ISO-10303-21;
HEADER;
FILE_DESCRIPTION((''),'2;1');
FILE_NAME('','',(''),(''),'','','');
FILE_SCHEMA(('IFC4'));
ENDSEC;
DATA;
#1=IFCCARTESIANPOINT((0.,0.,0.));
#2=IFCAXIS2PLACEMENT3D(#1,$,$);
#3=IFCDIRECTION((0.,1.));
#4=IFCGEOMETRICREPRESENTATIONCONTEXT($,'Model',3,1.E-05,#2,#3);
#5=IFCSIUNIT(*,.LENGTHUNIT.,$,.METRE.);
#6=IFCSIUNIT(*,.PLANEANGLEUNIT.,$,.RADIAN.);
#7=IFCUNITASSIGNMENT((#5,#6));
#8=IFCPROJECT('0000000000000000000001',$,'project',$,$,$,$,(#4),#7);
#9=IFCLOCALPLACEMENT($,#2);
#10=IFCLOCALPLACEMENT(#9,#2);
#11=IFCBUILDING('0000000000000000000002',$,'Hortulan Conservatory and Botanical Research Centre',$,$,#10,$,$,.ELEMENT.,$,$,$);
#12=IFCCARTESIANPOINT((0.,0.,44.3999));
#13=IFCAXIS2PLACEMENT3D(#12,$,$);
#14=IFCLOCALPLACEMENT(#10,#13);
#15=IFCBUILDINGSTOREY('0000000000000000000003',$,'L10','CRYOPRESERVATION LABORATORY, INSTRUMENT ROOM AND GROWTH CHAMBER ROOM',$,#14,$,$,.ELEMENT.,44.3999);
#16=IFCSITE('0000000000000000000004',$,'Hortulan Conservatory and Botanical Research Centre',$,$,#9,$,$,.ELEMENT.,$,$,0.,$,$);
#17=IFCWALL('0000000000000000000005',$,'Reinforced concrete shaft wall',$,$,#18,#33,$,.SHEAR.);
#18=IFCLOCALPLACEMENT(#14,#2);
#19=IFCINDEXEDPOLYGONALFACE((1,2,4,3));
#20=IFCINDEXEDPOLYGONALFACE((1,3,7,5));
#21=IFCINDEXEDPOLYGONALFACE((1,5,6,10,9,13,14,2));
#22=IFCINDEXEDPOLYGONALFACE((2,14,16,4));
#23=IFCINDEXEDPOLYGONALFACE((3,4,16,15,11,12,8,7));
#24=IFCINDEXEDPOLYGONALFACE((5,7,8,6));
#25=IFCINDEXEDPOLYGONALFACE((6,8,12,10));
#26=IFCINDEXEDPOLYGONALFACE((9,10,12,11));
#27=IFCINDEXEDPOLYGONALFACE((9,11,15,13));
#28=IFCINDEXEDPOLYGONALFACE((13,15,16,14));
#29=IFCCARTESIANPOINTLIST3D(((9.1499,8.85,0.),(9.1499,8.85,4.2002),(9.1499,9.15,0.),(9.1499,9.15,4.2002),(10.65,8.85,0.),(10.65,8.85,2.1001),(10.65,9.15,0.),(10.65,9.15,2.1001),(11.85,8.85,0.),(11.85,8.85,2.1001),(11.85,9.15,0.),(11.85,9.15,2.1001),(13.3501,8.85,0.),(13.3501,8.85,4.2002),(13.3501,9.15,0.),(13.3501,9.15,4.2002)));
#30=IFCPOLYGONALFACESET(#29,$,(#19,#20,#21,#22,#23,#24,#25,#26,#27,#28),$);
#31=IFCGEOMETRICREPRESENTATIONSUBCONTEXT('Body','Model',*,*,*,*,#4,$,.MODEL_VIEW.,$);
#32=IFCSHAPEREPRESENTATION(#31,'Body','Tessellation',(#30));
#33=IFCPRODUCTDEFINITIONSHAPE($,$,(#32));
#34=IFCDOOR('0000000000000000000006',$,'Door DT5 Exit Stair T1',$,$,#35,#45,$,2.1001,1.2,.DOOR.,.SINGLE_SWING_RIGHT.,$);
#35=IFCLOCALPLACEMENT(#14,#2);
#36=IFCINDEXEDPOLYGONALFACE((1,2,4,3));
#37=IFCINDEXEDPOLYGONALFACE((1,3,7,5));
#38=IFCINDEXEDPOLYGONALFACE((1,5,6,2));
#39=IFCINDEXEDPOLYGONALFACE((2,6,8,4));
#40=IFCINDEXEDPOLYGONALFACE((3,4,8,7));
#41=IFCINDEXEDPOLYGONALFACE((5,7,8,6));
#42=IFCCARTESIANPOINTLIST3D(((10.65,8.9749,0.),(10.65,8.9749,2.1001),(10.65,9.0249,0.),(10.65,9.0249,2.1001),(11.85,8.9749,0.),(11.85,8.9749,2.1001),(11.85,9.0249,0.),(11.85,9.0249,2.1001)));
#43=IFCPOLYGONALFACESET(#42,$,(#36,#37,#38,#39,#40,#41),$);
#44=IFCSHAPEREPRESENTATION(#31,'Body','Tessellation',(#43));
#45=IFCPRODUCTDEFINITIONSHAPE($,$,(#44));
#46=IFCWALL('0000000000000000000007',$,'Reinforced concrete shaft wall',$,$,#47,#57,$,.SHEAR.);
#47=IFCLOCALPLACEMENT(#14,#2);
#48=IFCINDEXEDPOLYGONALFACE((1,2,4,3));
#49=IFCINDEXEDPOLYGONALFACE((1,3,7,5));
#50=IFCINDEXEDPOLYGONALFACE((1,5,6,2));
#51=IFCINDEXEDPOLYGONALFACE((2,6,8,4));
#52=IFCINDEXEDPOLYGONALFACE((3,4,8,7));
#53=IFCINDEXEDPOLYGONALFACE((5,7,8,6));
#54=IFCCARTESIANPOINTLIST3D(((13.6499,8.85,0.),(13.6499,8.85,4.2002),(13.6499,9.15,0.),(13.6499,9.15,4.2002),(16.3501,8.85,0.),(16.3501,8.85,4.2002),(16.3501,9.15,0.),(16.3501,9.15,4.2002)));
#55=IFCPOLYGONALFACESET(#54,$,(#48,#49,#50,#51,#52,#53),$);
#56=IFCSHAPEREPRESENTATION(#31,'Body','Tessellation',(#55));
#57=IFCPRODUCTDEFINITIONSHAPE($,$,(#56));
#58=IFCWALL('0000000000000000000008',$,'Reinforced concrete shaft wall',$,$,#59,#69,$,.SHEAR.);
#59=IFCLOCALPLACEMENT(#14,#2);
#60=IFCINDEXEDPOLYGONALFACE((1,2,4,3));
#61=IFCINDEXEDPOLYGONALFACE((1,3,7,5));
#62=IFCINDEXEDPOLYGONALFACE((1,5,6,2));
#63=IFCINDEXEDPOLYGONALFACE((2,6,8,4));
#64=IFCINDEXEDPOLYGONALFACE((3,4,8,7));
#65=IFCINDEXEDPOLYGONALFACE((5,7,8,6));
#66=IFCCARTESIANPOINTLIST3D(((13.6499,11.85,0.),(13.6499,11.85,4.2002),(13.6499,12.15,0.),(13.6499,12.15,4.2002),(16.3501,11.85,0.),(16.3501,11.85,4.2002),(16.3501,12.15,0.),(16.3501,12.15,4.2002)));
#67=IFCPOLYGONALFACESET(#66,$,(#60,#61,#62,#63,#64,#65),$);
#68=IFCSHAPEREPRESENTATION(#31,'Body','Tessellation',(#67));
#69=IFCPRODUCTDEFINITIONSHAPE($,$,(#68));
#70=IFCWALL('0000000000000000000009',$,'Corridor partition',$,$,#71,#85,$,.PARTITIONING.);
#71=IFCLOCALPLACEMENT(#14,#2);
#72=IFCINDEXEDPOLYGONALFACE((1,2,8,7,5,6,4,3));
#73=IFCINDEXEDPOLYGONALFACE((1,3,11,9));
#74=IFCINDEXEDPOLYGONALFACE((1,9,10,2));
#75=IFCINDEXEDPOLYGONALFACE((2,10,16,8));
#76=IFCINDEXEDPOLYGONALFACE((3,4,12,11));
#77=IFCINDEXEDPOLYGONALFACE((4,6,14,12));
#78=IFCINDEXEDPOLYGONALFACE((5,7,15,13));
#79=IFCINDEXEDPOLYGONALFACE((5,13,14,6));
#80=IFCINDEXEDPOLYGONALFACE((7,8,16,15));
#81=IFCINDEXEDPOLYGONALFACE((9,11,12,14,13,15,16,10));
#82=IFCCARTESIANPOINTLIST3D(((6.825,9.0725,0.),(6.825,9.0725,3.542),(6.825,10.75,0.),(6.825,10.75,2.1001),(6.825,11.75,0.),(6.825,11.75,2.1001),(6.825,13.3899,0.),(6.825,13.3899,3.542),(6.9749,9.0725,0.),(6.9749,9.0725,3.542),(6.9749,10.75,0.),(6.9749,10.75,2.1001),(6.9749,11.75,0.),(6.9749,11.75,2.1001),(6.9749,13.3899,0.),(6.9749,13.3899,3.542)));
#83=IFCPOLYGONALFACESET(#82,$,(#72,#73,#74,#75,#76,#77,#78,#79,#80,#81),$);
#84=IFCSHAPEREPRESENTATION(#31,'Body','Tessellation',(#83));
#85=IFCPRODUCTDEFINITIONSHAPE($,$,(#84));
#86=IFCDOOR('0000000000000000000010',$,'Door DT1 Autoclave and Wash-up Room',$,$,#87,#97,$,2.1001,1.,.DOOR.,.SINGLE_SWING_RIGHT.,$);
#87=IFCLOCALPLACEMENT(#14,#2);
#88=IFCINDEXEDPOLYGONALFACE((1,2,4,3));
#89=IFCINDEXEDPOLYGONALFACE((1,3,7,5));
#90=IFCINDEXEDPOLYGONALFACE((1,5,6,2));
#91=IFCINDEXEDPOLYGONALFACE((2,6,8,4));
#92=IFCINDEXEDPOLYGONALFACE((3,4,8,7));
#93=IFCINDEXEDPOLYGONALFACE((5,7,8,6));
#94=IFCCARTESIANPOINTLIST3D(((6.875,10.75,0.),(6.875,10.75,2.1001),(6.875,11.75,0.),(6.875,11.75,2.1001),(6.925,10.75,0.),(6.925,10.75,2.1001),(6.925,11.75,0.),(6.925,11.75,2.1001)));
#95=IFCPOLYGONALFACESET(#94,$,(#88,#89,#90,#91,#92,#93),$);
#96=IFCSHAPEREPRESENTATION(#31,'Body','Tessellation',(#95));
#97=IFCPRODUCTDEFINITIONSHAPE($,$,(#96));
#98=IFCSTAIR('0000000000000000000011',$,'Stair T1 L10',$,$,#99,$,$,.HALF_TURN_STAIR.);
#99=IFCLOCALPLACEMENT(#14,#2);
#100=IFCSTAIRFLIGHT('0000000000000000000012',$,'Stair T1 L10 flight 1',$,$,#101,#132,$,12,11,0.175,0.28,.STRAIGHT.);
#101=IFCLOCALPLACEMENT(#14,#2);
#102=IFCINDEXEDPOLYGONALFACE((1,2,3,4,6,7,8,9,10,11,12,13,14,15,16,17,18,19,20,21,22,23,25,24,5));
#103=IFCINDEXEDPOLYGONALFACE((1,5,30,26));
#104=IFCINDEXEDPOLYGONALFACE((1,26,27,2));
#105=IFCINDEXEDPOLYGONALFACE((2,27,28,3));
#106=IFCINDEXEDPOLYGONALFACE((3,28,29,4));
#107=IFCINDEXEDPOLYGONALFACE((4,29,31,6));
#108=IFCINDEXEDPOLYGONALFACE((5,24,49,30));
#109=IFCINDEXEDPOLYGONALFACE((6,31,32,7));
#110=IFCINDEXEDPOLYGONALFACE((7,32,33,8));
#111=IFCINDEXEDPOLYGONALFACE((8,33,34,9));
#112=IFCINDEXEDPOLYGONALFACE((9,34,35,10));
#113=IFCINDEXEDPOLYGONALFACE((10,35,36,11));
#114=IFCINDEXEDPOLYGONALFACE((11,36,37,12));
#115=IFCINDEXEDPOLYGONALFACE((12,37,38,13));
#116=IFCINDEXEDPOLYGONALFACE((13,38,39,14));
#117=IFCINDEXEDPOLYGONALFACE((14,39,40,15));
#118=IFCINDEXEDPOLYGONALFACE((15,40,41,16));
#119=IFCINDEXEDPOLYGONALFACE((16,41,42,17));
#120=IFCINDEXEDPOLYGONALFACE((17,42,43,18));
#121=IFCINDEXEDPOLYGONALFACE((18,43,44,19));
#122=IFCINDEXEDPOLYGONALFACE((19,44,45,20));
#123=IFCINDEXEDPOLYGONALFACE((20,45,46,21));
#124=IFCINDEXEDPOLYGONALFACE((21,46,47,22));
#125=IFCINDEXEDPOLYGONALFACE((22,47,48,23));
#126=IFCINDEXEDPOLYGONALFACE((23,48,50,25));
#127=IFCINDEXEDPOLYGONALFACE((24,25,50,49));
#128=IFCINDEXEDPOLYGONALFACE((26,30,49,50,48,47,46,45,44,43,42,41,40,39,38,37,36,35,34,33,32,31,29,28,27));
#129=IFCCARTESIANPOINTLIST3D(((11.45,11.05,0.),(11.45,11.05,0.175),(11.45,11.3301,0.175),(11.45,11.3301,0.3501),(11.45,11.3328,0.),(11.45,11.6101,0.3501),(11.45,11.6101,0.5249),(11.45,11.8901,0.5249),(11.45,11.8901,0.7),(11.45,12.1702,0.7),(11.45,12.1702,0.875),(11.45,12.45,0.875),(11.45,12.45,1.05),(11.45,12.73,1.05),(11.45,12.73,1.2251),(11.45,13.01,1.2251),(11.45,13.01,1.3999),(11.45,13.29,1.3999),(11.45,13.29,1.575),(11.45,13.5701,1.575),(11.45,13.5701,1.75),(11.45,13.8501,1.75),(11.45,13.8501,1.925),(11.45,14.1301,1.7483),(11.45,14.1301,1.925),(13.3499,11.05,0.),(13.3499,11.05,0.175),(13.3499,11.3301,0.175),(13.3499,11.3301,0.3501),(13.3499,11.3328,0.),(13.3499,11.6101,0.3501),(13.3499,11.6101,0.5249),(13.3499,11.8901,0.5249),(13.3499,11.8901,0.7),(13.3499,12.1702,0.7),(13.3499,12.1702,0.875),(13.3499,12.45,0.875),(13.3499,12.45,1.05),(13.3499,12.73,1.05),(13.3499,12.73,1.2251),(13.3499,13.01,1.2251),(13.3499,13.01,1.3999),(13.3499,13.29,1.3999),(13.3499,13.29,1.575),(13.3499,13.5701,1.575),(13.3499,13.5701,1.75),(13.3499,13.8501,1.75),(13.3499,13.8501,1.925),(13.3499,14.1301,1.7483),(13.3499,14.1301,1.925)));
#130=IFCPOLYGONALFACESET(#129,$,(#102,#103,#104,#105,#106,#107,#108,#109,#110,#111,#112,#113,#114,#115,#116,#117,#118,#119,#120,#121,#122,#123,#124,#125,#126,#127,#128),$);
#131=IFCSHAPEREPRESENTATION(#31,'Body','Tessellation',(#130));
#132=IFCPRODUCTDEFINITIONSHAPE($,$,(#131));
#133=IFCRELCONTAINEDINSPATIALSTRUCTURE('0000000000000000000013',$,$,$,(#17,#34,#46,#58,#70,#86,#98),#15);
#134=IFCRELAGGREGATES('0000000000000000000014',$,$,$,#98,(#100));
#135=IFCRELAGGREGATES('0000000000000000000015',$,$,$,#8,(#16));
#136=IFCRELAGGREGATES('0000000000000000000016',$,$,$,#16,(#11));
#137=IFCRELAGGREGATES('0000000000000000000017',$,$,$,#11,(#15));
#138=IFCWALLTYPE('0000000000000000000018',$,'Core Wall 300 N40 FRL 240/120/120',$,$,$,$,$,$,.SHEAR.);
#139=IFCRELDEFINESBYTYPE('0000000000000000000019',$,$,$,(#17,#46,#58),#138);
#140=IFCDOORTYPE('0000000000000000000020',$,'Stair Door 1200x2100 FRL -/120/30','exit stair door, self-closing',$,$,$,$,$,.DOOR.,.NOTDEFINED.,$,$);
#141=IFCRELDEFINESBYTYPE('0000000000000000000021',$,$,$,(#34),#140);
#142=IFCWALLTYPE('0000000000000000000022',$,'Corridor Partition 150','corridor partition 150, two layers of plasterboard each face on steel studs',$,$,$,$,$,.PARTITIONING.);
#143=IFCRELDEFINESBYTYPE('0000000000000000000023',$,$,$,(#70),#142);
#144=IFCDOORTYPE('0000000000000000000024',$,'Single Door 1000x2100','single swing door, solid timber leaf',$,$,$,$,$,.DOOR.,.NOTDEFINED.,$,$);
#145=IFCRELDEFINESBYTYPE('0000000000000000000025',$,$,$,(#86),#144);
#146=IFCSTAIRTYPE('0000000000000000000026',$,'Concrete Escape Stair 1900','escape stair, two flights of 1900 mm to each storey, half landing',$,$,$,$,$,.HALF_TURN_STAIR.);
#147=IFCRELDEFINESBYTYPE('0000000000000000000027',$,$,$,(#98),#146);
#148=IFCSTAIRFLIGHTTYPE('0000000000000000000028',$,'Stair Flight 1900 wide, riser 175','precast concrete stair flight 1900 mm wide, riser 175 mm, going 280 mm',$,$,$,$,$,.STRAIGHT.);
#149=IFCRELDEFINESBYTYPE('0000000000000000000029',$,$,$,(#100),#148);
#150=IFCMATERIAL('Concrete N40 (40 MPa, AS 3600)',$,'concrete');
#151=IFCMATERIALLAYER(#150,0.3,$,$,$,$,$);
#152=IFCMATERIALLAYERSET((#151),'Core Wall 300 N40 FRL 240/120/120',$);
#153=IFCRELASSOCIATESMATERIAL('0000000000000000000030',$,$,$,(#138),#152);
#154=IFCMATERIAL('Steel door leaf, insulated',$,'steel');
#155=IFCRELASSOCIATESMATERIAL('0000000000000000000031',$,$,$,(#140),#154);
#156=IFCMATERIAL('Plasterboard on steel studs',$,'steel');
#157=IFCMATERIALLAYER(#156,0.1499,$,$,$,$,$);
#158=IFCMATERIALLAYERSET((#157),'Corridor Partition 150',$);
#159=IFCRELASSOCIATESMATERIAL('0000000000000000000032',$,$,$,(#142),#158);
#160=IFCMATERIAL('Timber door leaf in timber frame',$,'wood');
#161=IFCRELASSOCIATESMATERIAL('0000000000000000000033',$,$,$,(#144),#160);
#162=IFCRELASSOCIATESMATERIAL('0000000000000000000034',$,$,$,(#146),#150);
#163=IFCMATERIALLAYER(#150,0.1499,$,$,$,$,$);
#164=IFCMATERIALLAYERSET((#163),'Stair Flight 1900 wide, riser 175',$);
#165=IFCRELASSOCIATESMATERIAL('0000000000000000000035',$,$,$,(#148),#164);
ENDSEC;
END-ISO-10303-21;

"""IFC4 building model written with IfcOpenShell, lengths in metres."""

from ifc_helpers import new_model, si_unit, direction, frame, frame_2d, origin, place, context, subcontext, project, spatial, polyline, rectangle, outline, extrude, material, layer, layer_set, type_object, element, fill, aggregate, save


model = new_model("IFC4")

# Units and contexts
model_context = context("Model", 3, precision=1e-05, world=origin(), true_north=direction((0.0, 1.0)))
body_context = subcontext(model_context, "Body", "Model", "MODEL_VIEW")
ifc_project = project(units=[si_unit("LENGTHUNIT", "METRE"), si_unit("PLANEANGLEUNIT", "RADIAN")], contexts=[model_context])

# Site, building, storey
site_placement = place(None, origin())
site = spatial("IfcSite", under=ifc_project, at=site_placement, Name="Hortulan Conservatory and Botanical Research Centre", CompositionType="ELEMENT", RefElevation=0.0)
building_placement = place(site_placement, origin())
building = spatial("IfcBuilding", under=site, at=building_placement, Name="Hortulan Conservatory and Botanical Research Centre", CompositionType="ELEMENT")
storey_placement = place(building_placement, frame((0.0, 0.0, 44.3999)))
storey = spatial("IfcBuildingStorey", under=building, at=storey_placement, Name="L10", Description="CRYOPRESERVATION LABORATORY, INSTRUMENT ROOM AND GROWTH CHAMBER ROOM", CompositionType="ELEMENT", Elevation=44.3999)

# Shared definitions
ifc_material_1 = material(Name="Steel door leaf, insulated", Category="steel")

# Shared definitions
ifc_material_2 = material(Name="Concrete N40 (40 MPa, AS 3600)", Category="concrete")
ifc_layer_1 = layer(ifc_material_2, 0.3)
ifc_layer_set_1 = layer_set([ifc_layer_1], Name="Core Wall 300 N40 FRL 240/120/120")
wall_type_1 = type_object("IfcWallType", Name="Core Wall 300 N40 FRL 240/120/120", PredefinedType="SHEAR", material=ifc_layer_set_1)

# Wall, opening, door
wall_1_placement = place(storey_placement, frame((9.1499, 9.0, 0.0), z_axis=(0.0, 0.0, 1.0), x_axis=(1.0, 0.0, 0.0)))
wall_1 = element("IfcWall", 1, at=wall_1_placement, inside=storey, type_object=wall_type_1, Name="Reinforced concrete shaft wall", PredefinedType="SHEAR", context=body_context, shape_type="SweptSolid", body=[
    extrude(rectangle(XDim=4.2002, YDim=0.3, at=frame_2d((2.1001, 0.0))), origin(), (0.0, 0.0, 1.0), 4.2002),
])
opening_1_placement = place(wall_1_placement, frame((1.5, 0.0, 0.0)))
opening_1 = element("IfcOpeningElement", 2, at=opening_1_placement, cuts=wall_1, PredefinedType="OPENING", context=body_context, shape_type="SweptSolid", body=[
    extrude(rectangle(XDim=1.2, YDim=2.1001, at=frame_2d((0.6001, 1.05))), frame((0.0, 0.1599, 0.0), z_axis=(0.0, -1.0, 0.0), x_axis=(1.0, 0.0, 0.0)), (0.0, 0.0, 1.0), 0.3201),
])
door_type_1 = type_object("IfcDoorType", Name="Stair Door 1200x2100 FRL -/120/30", Description="exit stair door, self-closing", OperationType="NOTDEFINED", PredefinedType="DOOR", material=ifc_material_1)
door_1_placement = place(opening_1_placement, origin())
door_1 = element("IfcDoor", 3, at=door_1_placement, inside=storey, type_object=door_type_1, Name="Door DT5 Exit Stair T1", OperationType="SINGLE_SWING_RIGHT", OverallHeight=2.1001, OverallWidth=1.2, PredefinedType="DOOR", context=body_context, shape_type="SweptSolid", body=[
    extrude(rectangle(XDim=1.2, YDim=2.1001, at=frame_2d((0.6001, 1.05))), frame((0.0, 0.0249, 0.0), z_axis=(0.0, -1.0, 0.0), x_axis=(1.0, 0.0, 0.0)), (0.0, 0.0, 1.0), 0.05),
])
fill(opening_1, door_1)

# Walls
for number, where, z_axis, x_axis, name in (
    (4, (13.6499, 9.0, 0.0), (0.0, 0.0, 1.0), (1.0, 0.0, 0.0), "Reinforced concrete shaft wall"),
    (5, (13.6499, 12.0, 0.0), (0.0, 0.0, 1.0), (1.0, 0.0, 0.0), "Reinforced concrete shaft wall"),
):
    element("IfcWall", number, at=place(storey_placement, frame(where, z_axis=z_axis, x_axis=x_axis)), inside=storey, type_object=wall_type_1, Name=name, PredefinedType="SHEAR", context=body_context, shape_type="SweptSolid", body=[
        extrude(rectangle(XDim=2.7002, YDim=0.3, at=frame_2d((1.3501, 0.0))), origin(), (0.0, 0.0, 1.0), 4.2002),
    ])

# Wall, opening, door
ifc_material_3 = material(Name="Plasterboard on steel studs", Category="steel")
ifc_layer_2 = layer(ifc_material_3, 0.1499)
ifc_layer_set_2 = layer_set([ifc_layer_2], Name="Corridor Partition 150")
wall_type_2 = type_object("IfcWallType", Name="Corridor Partition 150", Description="corridor partition 150, two layers of plasterboard each face on steel studs", PredefinedType="PARTITIONING", material=ifc_layer_set_2)
wall_2_placement = place(storey_placement, frame((6.8999, 9.0725, 0.0), z_axis=(0.0, 0.0, 1.0), x_axis=(0.0, 1.0, 0.0)))
wall_2 = element("IfcWall", 6, at=wall_2_placement, inside=storey, type_object=wall_type_2, Name="Corridor partition", PredefinedType="PARTITIONING", context=body_context, shape_type="SweptSolid", body=[
    extrude(rectangle(XDim=4.3174, YDim=0.1499, at=frame_2d((2.1587, 0.0))), origin(), (0.0, 0.0, 1.0), 3.542),
])
opening_2_placement = place(wall_2_placement, frame((1.6775, 0.0, 0.0)))
opening_2 = element("IfcOpeningElement", 7, at=opening_2_placement, cuts=wall_2, PredefinedType="OPENING", context=body_context, shape_type="SweptSolid", body=[
    extrude(rectangle(XDim=1.0, YDim=2.1001, at=frame_2d((0.5, 1.05))), frame((0.0, 0.085, 0.0), z_axis=(0.0, -1.0, 0.0), x_axis=(1.0, 0.0, 0.0)), (0.0, 0.0, 1.0), 0.1699),
])
ifc_material_4 = material(Name="Timber door leaf in timber frame", Category="wood")
door_type_2 = type_object("IfcDoorType", Name="Single Door 1000x2100", Description="single swing door, solid timber leaf", OperationType="NOTDEFINED", PredefinedType="DOOR", material=ifc_material_4)
door_2_placement = place(opening_2_placement, origin())
door_2 = element("IfcDoor", 8, at=door_2_placement, inside=storey, type_object=door_type_2, Name="Door DT1 Autoclave and Wash-up Room", OperationType="SINGLE_SWING_RIGHT", OverallHeight=2.1001, OverallWidth=1.0, PredefinedType="DOOR", context=body_context, shape_type="SweptSolid", body=[
    extrude(rectangle(XDim=1.0, YDim=2.1001, at=frame_2d((0.5, 1.05))), frame((0.0, 0.0249, 0.0), z_axis=(0.0, -1.0, 0.0), x_axis=(1.0, 0.0, 0.0)), (0.0, 0.0, 1.0), 0.05),
])
fill(opening_2, door_2)

# Stair, stair flight
stair_type = type_object("IfcStairType", Name="Concrete Escape Stair 1900", Description="escape stair, two flights of 1900 mm to each storey, half landing", PredefinedType="HALF_TURN_STAIR", material=ifc_material_2)
stair_placement = place(storey_placement, origin())
stair = element("IfcStair", 9, at=stair_placement, inside=storey, type_object=stair_type, Name="Stair T1 L10", PredefinedType="HALF_TURN_STAIR")
ifc_layer_3 = layer(ifc_material_2, 0.1499)
ifc_layer_set_3 = layer_set([ifc_layer_3], Name="Stair Flight 1900 wide, riser 175")
stair_flight_type = type_object("IfcStairFlightType", Name="Stair Flight 1900 wide, riser 175", Description="precast concrete stair flight 1900 mm wide, riser 175 mm, going 280 mm", PredefinedType="STRAIGHT", material=ifc_layer_set_3)
stair_flight_placement = place(storey_placement, frame((12.3999, 11.05, 0.0), z_axis=(0.0, 0.0, 1.0), x_axis=(0.0, 1.0, 0.0)))
stair_flight = element("IfcStairFlight", 10, at=stair_flight_placement, type_object=stair_flight_type, Name="Stair T1 L10 flight 1", NumberOfRisers=12, NumberOfTreads=11, PredefinedType="STRAIGHT", RiserHeight=0.175, TreadLength=0.28, context=body_context, shape_type="SweptSolid", body=[
    extrude(outline(polyline([(0.0, 0.0), (0.0, 0.175), (0.28, 0.175), (0.28, 0.3501), (0.5601, 0.3501), (0.5601, 0.5249), (0.8401, 0.5249), (0.8401, 0.7), (1.1201, 0.7), (1.1201, 0.875), (1.3999, 0.875), (1.3999, 1.05), (1.6799, 1.05), (1.6799, 1.2251), (1.96, 1.2251), (1.96, 1.3999), (2.24, 1.3999), (2.24, 1.575), (2.52, 1.575), (2.52, 1.75), (2.8, 1.75), (2.8, 1.925), (3.0801, 1.925), (3.0801, 2.1001), (3.0801, 1.7483), (0.2827, 0.0), (0.0, 0.0)])), frame((0.0, 0.95, 0.0), z_axis=(0.0, -1.0, 0.0), x_axis=(1.0, 0.0, 0.0)), (0.0, 0.0, 1.0), 1.8999),
])
aggregate(stair, [stair_flight])

save(model, "model.ifc")
